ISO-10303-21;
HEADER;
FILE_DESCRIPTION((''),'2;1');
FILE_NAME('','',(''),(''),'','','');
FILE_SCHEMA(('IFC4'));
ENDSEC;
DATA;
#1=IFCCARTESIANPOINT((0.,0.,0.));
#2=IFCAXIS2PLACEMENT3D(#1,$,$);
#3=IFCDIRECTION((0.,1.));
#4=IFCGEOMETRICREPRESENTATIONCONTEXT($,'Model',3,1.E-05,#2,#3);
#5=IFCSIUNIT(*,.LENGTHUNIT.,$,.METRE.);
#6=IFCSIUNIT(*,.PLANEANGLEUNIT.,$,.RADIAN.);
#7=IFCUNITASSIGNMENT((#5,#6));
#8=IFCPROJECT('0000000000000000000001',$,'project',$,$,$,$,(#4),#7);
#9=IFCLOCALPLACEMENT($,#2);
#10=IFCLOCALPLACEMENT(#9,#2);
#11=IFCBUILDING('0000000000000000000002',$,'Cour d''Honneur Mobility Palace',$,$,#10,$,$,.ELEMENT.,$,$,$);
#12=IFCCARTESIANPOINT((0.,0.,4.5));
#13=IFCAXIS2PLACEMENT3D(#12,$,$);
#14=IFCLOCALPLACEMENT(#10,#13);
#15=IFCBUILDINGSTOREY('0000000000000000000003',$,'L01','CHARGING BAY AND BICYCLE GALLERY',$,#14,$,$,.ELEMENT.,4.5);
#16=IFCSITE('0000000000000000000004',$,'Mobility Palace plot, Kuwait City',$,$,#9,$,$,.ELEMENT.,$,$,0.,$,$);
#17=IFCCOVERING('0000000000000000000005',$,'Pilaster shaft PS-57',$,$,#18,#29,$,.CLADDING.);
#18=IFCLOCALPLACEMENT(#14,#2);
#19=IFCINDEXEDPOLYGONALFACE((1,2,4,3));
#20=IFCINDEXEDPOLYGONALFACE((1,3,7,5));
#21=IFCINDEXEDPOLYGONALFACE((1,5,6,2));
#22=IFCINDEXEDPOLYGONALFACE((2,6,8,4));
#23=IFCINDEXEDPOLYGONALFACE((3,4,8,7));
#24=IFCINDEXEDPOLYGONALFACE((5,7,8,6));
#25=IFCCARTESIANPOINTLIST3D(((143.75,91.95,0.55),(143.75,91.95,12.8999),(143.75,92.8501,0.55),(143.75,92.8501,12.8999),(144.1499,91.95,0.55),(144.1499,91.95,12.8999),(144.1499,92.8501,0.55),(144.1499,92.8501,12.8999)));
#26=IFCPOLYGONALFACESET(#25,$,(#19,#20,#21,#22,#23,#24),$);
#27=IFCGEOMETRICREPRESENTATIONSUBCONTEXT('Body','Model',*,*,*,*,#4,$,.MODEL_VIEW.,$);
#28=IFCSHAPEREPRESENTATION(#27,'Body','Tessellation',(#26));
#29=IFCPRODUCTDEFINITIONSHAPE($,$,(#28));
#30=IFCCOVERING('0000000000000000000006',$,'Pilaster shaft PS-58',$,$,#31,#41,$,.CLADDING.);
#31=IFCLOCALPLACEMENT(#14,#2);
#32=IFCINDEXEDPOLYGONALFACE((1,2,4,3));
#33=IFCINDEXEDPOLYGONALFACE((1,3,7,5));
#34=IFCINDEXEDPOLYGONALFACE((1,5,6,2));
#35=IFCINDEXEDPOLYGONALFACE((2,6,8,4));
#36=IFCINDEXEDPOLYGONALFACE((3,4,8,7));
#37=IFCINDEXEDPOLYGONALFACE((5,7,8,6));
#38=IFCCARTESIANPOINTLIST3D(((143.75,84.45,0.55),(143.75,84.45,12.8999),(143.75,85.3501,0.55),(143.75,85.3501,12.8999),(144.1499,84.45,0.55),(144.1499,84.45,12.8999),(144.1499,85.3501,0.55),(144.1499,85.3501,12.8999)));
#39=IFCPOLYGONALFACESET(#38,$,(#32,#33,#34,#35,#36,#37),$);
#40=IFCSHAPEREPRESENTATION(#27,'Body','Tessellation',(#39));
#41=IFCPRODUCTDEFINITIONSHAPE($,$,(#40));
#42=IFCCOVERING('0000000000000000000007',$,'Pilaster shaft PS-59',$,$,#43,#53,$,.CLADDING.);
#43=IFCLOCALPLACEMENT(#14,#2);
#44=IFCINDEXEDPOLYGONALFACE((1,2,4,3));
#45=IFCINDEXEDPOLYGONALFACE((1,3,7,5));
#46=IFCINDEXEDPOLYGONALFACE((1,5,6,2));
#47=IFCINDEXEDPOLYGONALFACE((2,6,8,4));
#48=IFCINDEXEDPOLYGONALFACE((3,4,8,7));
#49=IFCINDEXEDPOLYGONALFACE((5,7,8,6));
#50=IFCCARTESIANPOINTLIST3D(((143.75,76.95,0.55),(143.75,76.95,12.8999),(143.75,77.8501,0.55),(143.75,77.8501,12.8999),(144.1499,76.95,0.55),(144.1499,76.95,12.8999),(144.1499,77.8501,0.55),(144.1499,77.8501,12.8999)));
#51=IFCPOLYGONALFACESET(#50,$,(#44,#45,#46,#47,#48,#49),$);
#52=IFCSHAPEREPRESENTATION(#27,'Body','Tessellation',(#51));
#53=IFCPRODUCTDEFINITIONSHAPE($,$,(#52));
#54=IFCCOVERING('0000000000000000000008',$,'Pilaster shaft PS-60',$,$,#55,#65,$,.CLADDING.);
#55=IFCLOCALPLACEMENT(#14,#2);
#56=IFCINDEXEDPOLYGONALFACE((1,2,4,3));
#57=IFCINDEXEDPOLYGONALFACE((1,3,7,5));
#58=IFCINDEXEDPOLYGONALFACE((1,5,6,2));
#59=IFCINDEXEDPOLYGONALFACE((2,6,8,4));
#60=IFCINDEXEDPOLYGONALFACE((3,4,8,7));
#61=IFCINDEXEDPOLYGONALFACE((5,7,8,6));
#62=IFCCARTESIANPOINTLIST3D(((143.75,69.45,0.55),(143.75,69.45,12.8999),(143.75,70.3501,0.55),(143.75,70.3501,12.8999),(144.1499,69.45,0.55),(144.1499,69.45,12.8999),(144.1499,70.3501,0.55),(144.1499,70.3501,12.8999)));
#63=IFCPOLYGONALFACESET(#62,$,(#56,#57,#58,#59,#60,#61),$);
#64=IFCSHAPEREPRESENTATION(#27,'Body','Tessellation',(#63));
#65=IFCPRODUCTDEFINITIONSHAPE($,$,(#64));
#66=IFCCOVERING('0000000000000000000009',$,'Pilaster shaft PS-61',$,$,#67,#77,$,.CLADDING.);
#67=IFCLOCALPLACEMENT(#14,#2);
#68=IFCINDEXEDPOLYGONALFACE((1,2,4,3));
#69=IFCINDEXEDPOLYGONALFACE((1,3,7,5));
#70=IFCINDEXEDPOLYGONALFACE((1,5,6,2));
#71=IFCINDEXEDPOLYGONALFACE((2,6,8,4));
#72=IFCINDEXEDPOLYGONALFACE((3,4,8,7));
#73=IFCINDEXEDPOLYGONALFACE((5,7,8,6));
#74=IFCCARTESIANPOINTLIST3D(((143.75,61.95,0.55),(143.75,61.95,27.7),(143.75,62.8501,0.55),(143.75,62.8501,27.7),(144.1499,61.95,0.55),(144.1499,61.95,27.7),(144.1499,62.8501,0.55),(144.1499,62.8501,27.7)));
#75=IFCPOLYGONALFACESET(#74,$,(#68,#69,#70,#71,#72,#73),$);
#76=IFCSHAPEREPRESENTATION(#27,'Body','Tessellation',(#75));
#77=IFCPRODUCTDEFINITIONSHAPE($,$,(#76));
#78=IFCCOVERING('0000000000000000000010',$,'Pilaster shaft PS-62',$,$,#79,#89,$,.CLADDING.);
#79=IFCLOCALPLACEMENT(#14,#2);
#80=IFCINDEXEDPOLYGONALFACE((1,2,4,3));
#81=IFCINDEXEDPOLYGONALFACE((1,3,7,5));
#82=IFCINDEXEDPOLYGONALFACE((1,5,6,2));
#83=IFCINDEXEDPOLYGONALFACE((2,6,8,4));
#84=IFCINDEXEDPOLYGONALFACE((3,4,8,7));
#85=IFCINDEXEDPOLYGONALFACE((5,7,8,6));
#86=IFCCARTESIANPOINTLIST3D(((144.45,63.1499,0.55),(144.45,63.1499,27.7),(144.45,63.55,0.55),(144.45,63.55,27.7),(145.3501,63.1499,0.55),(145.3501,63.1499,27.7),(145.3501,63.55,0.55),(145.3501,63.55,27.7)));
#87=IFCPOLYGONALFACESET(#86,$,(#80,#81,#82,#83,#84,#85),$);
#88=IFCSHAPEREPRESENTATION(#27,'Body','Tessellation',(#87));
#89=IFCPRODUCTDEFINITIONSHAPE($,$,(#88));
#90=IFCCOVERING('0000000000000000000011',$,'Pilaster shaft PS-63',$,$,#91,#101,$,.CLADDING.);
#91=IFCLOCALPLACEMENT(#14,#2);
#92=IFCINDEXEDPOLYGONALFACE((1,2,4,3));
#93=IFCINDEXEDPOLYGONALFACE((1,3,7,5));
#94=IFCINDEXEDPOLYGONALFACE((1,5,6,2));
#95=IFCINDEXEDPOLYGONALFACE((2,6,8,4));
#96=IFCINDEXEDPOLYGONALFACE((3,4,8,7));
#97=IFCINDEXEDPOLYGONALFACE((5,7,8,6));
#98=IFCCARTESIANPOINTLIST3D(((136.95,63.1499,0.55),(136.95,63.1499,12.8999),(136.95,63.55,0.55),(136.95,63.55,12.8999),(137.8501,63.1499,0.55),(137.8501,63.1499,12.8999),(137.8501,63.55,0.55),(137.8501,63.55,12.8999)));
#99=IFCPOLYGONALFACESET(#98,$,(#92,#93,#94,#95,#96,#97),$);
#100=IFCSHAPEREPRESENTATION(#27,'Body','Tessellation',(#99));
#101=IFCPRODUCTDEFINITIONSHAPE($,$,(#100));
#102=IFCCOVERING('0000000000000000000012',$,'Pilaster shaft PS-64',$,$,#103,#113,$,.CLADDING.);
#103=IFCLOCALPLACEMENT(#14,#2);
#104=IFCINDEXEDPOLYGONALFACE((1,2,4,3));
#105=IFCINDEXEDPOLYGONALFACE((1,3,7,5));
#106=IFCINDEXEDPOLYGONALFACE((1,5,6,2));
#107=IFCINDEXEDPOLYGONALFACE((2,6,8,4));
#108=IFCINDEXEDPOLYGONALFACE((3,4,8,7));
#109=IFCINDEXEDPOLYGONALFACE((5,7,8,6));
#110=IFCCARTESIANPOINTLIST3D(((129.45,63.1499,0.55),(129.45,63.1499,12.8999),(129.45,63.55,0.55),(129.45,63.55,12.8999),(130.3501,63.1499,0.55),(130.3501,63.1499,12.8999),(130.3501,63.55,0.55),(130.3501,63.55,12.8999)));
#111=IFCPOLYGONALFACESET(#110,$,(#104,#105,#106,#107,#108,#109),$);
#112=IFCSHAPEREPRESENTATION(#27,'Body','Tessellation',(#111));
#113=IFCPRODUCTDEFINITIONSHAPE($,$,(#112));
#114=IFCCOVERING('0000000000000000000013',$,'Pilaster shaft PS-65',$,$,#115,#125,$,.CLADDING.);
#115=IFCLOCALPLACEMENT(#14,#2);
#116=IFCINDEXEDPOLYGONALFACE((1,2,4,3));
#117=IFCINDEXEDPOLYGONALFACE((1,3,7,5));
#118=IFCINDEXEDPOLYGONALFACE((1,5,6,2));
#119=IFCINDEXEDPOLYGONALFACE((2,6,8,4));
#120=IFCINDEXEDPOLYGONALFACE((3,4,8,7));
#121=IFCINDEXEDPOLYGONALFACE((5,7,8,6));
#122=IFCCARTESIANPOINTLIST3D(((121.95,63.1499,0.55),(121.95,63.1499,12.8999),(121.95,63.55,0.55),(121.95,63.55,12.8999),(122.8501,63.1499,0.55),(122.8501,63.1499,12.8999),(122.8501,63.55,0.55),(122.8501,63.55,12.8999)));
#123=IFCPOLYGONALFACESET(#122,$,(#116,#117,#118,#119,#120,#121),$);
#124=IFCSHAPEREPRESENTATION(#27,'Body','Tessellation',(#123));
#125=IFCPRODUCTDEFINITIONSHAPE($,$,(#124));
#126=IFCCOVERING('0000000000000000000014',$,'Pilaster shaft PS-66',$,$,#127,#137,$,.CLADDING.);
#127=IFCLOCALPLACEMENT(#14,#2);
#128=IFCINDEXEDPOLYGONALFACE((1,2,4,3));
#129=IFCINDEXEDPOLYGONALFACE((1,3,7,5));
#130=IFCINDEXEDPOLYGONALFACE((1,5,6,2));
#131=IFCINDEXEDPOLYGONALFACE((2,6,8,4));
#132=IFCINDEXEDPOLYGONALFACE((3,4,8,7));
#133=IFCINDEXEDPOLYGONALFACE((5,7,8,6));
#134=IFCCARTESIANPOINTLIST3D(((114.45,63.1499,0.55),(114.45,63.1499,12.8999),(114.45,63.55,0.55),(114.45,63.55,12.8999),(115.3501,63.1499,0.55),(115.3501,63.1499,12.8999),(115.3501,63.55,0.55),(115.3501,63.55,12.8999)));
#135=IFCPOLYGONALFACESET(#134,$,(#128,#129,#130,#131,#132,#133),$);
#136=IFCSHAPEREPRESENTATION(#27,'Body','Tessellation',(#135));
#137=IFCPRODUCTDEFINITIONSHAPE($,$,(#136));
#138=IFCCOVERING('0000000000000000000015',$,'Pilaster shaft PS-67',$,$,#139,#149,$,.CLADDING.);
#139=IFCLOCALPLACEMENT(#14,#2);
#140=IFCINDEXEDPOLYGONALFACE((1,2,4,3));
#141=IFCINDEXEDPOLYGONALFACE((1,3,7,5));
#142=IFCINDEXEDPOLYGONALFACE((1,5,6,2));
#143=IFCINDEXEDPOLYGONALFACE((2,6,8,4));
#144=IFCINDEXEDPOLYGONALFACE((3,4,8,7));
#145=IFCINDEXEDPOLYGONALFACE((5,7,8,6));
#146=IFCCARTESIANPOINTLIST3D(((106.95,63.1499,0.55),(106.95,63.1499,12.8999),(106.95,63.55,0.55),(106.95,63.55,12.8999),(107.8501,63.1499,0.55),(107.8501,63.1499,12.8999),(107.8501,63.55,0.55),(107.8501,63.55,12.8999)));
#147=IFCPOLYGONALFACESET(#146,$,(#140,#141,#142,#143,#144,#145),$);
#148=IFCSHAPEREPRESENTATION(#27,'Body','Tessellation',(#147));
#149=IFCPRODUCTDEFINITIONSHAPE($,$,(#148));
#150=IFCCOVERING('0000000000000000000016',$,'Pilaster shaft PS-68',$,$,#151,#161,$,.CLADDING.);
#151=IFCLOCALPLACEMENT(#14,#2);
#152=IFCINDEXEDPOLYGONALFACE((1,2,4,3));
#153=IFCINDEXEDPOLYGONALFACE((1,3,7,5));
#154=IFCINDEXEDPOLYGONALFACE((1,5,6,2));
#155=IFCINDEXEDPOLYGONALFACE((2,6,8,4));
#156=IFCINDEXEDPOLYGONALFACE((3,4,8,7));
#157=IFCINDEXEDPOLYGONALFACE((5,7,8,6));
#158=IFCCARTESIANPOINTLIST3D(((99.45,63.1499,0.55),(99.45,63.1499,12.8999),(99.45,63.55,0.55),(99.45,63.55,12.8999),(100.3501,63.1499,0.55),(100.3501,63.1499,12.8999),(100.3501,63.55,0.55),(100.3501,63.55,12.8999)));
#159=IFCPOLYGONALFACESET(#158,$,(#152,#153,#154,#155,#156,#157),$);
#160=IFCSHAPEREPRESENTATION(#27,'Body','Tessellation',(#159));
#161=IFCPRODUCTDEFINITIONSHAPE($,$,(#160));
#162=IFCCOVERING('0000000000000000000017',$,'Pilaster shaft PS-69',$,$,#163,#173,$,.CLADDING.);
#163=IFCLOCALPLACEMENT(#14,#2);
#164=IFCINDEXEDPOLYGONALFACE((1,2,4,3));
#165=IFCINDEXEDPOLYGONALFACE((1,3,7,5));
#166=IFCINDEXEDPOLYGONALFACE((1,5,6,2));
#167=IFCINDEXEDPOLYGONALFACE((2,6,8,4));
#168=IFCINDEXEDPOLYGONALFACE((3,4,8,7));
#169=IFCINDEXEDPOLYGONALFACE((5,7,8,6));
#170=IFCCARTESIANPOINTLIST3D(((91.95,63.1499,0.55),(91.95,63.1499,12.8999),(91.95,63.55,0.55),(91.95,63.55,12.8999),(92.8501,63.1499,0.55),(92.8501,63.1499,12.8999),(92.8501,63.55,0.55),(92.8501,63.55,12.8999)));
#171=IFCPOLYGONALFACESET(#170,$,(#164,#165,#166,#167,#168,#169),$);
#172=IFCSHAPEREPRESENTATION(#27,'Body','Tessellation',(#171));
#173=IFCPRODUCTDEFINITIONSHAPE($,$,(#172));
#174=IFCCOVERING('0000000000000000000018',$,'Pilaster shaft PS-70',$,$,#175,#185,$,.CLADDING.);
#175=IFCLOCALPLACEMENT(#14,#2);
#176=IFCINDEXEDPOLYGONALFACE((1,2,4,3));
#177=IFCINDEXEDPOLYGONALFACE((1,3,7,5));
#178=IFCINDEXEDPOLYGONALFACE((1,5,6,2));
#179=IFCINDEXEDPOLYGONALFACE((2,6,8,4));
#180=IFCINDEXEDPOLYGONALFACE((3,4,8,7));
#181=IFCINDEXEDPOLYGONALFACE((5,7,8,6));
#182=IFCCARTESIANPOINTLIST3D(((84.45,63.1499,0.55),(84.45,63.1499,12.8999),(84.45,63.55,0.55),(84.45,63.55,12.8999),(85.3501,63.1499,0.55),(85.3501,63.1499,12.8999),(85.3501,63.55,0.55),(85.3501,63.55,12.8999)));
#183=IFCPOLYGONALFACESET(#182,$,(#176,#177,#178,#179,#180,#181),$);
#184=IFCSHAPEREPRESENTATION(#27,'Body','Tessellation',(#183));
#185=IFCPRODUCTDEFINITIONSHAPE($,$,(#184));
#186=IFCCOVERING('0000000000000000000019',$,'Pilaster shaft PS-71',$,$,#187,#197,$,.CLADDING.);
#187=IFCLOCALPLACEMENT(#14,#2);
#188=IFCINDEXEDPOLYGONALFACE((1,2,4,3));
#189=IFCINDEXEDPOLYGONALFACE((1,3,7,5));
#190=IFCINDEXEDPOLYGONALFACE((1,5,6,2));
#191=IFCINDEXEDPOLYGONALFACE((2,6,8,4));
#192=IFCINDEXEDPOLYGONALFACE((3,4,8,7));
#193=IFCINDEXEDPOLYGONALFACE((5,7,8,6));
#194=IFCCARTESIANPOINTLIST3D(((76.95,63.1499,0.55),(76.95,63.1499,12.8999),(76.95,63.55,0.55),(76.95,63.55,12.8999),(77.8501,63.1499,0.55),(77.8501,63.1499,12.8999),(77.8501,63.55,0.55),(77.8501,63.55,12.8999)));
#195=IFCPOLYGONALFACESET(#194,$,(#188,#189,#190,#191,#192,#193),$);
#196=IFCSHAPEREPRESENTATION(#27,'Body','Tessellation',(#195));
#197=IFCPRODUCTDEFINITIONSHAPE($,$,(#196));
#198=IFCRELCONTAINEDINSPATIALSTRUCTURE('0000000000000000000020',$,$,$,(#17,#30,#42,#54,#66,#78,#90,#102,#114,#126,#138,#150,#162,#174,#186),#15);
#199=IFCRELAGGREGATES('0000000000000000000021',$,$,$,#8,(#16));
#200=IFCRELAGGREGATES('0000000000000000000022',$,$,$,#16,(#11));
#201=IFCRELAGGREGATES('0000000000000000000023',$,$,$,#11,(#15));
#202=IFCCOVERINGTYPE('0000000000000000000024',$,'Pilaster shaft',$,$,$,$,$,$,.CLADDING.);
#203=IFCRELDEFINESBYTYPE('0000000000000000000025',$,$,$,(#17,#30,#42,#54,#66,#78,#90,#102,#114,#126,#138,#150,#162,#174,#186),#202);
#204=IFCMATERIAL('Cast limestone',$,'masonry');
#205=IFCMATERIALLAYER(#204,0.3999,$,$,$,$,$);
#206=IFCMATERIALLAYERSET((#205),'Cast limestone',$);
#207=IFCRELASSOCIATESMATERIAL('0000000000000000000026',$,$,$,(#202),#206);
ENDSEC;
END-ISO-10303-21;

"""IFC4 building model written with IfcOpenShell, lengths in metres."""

from ifc_helpers import new_model, si_unit, direction, frame, origin, place, context, subcontext, project, spatial, polyline, outline, extrude, material, layer, layer_set, type_object, element, save


model = new_model("IFC4")

# Units and contexts
model_context = context("Model", 3, precision=1e-05, world=origin(), true_north=direction((0.0, 1.0)))
body_context = subcontext(model_context, "Body", "Model", "MODEL_VIEW")
ifc_project = project(units=[si_unit("LENGTHUNIT", "METRE"), si_unit("PLANEANGLEUNIT", "RADIAN")], contexts=[model_context])

# Site, building, storey
site_placement = place(None, origin())
site = spatial("IfcSite", under=ifc_project, at=site_placement, Name="Mobility Palace plot, Kuwait City", CompositionType="ELEMENT", RefElevation=0.0)
building_placement = place(site_placement, origin())
building = spatial("IfcBuilding", under=site, at=building_placement, Name="Cour d'Honneur Mobility Palace", CompositionType="ELEMENT")
storey_placement = place(building_placement, frame((0.0, 0.0, 4.5)))
storey = spatial("IfcBuildingStorey", under=building, at=storey_placement, Name="L01", Description="CHARGING BAY AND BICYCLE GALLERY", CompositionType="ELEMENT", Elevation=4.5)

# Coverings
ifc_material = material(Name="Cast limestone", Category="masonry")
ifc_layer = layer(ifc_material, 0.3999)
ifc_layer_set = layer_set([ifc_layer], Name="Cast limestone")
covering_type = type_object("IfcCoveringType", Name="Pilaster shaft", PredefinedType="CLADDING", material=ifc_layer_set)
covering_1_placement = place(storey_placement, frame((0.0, 0.0, 0.55)))
element("IfcCovering", 1, at=covering_1_placement, inside=storey, type_object=covering_type, Name="Pilaster shaft PS-57", PredefinedType="CLADDING", context=body_context, shape_type="SweptSolid", body=[
    extrude(outline(polyline([(144.1499, 92.8501), (144.1499, 91.95), (143.75, 91.95), (143.75, 92.8501), (144.1499, 92.8501)])), origin(), (0.0, 0.0, 1.0), 12.3499),
])
covering_2_placement = place(storey_placement, frame((0.0, 0.0, 0.55)))
element("IfcCovering", 2, at=covering_2_placement, inside=storey, type_object=covering_type, Name="Pilaster shaft PS-58", PredefinedType="CLADDING", context=body_context, shape_type="SweptSolid", body=[
    extrude(outline(polyline([(144.1499, 85.3501), (144.1499, 84.45), (143.75, 84.45), (143.75, 85.3501), (144.1499, 85.3501)])), origin(), (0.0, 0.0, 1.0), 12.3499),
])
covering_3_placement = place(storey_placement, frame((0.0, 0.0, 0.55)))
element("IfcCovering", 3, at=covering_3_placement, inside=storey, type_object=covering_type, Name="Pilaster shaft PS-59", PredefinedType="CLADDING", context=body_context, shape_type="SweptSolid", body=[
    extrude(outline(polyline([(144.1499, 77.8501), (144.1499, 76.95), (143.75, 76.95), (143.75, 77.8501), (144.1499, 77.8501)])), origin(), (0.0, 0.0, 1.0), 12.3499),
])
covering_4_placement = place(storey_placement, frame((0.0, 0.0, 0.55)))
element("IfcCovering", 4, at=covering_4_placement, inside=storey, type_object=covering_type, Name="Pilaster shaft PS-60", PredefinedType="CLADDING", context=body_context, shape_type="SweptSolid", body=[
    extrude(outline(polyline([(144.1499, 70.3501), (144.1499, 69.45), (143.75, 69.45), (143.75, 70.3501), (144.1499, 70.3501)])), origin(), (0.0, 0.0, 1.0), 12.3499),
])
covering_5_placement = place(storey_placement, frame((0.0, 0.0, 0.55)))
element("IfcCovering", 5, at=covering_5_placement, inside=storey, type_object=covering_type, Name="Pilaster shaft PS-61", PredefinedType="CLADDING", context=body_context, shape_type="SweptSolid", body=[
    extrude(outline(polyline([(144.1499, 62.8501), (144.1499, 61.95), (143.75, 61.95), (143.75, 62.8501), (144.1499, 62.8501)])), origin(), (0.0, 0.0, 1.0), 27.1499),
])
covering_6_placement = place(storey_placement, frame((0.0, 0.0, 0.55)))
element("IfcCovering", 6, at=covering_6_placement, inside=storey, type_object=covering_type, Name="Pilaster shaft PS-62", PredefinedType="CLADDING", context=body_context, shape_type="SweptSolid", body=[
    extrude(outline(polyline([(145.3501, 63.1499), (144.45, 63.1499), (144.45, 63.55), (145.3501, 63.55), (145.3501, 63.1499)])), origin(), (0.0, 0.0, 1.0), 27.1499),
])
covering_7_placement = place(storey_placement, frame((0.0, 0.0, 0.55)))
element("IfcCovering", 7, at=covering_7_placement, inside=storey, type_object=covering_type, Name="Pilaster shaft PS-63", PredefinedType="CLADDING", context=body_context, shape_type="SweptSolid", body=[
    extrude(outline(polyline([(137.8501, 63.1499), (136.95, 63.1499), (136.95, 63.55), (137.8501, 63.55), (137.8501, 63.1499)])), origin(), (0.0, 0.0, 1.0), 12.3499),
])
covering_8_placement = place(storey_placement, frame((0.0, 0.0, 0.55)))
element("IfcCovering", 8, at=covering_8_placement, inside=storey, type_object=covering_type, Name="Pilaster shaft PS-64", PredefinedType="CLADDING", context=body_context, shape_type="SweptSolid", body=[
    extrude(outline(polyline([(130.3501, 63.1499), (129.45, 63.1499), (129.45, 63.55), (130.3501, 63.55), (130.3501, 63.1499)])), origin(), (0.0, 0.0, 1.0), 12.3499),
])
covering_9_placement = place(storey_placement, frame((0.0, 0.0, 0.55)))
element("IfcCovering", 9, at=covering_9_placement, inside=storey, type_object=covering_type, Name="Pilaster shaft PS-65", PredefinedType="CLADDING", context=body_context, shape_type="SweptSolid", body=[
    extrude(outline(polyline([(122.8501, 63.1499), (121.95, 63.1499), (121.95, 63.55), (122.8501, 63.55), (122.8501, 63.1499)])), origin(), (0.0, 0.0, 1.0), 12.3499),
])
covering_10_placement = place(storey_placement, frame((0.0, 0.0, 0.55)))
element("IfcCovering", 10, at=covering_10_placement, inside=storey, type_object=covering_type, Name="Pilaster shaft PS-66", PredefinedType="CLADDING", context=body_context, shape_type="SweptSolid", body=[
    extrude(outline(polyline([(115.3501, 63.1499), (114.45, 63.1499), (114.45, 63.55), (115.3501, 63.55), (115.3501, 63.1499)])), origin(), (0.0, 0.0, 1.0), 12.3499),
])
covering_11_placement = place(storey_placement, frame((0.0, 0.0, 0.55)))
element("IfcCovering", 11, at=covering_11_placement, inside=storey, type_object=covering_type, Name="Pilaster shaft PS-67", PredefinedType="CLADDING", context=body_context, shape_type="SweptSolid", body=[
    extrude(outline(polyline([(107.8501, 63.1499), (106.95, 63.1499), (106.95, 63.55), (107.8501, 63.55), (107.8501, 63.1499)])), origin(), (0.0, 0.0, 1.0), 12.3499),
])
covering_12_placement = place(storey_placement, frame((0.0, 0.0, 0.55)))
element("IfcCovering", 12, at=covering_12_placement, inside=storey, type_object=covering_type, Name="Pilaster shaft PS-68", PredefinedType="CLADDING", context=body_context, shape_type="SweptSolid", body=[
    extrude(outline(polyline([(100.3501, 63.1499), (99.45, 63.1499), (99.45, 63.55), (100.3501, 63.55), (100.3501, 63.1499)])), origin(), (0.0, 0.0, 1.0), 12.3499),
])
covering_13_placement = place(storey_placement, frame((0.0, 0.0, 0.55)))
element("IfcCovering", 13, at=covering_13_placement, inside=storey, type_object=covering_type, Name="Pilaster shaft PS-69", PredefinedType="CLADDING", context=body_context, shape_type="SweptSolid", body=[
    extrude(outline(polyline([(92.8501, 63.1499), (91.95, 63.1499), (91.95, 63.55), (92.8501, 63.55), (92.8501, 63.1499)])), origin(), (0.0, 0.0, 1.0), 12.3499),
])
covering_14_placement = place(storey_placement, frame((0.0, 0.0, 0.55)))
element("IfcCovering", 14, at=covering_14_placement, inside=storey, type_object=covering_type, Name="Pilaster shaft PS-70", PredefinedType="CLADDING", context=body_context, shape_type="SweptSolid", body=[
    extrude(outline(polyline([(85.3501, 63.1499), (84.45, 63.1499), (84.45, 63.55), (85.3501, 63.55), (85.3501, 63.1499)])), origin(), (0.0, 0.0, 1.0), 12.3499),
])
covering_15_placement = place(storey_placement, frame((0.0, 0.0, 0.55)))
element("IfcCovering", 15, at=covering_15_placement, inside=storey, type_object=covering_type, Name="Pilaster shaft PS-71", PredefinedType="CLADDING", context=body_context, shape_type="SweptSolid", body=[
    extrude(outline(polyline([(77.8501, 63.1499), (76.95, 63.1499), (76.95, 63.55), (77.8501, 63.55), (77.8501, 63.1499)])), origin(), (0.0, 0.0, 1.0), 12.3499),
])

save(model, "model.ifc")
